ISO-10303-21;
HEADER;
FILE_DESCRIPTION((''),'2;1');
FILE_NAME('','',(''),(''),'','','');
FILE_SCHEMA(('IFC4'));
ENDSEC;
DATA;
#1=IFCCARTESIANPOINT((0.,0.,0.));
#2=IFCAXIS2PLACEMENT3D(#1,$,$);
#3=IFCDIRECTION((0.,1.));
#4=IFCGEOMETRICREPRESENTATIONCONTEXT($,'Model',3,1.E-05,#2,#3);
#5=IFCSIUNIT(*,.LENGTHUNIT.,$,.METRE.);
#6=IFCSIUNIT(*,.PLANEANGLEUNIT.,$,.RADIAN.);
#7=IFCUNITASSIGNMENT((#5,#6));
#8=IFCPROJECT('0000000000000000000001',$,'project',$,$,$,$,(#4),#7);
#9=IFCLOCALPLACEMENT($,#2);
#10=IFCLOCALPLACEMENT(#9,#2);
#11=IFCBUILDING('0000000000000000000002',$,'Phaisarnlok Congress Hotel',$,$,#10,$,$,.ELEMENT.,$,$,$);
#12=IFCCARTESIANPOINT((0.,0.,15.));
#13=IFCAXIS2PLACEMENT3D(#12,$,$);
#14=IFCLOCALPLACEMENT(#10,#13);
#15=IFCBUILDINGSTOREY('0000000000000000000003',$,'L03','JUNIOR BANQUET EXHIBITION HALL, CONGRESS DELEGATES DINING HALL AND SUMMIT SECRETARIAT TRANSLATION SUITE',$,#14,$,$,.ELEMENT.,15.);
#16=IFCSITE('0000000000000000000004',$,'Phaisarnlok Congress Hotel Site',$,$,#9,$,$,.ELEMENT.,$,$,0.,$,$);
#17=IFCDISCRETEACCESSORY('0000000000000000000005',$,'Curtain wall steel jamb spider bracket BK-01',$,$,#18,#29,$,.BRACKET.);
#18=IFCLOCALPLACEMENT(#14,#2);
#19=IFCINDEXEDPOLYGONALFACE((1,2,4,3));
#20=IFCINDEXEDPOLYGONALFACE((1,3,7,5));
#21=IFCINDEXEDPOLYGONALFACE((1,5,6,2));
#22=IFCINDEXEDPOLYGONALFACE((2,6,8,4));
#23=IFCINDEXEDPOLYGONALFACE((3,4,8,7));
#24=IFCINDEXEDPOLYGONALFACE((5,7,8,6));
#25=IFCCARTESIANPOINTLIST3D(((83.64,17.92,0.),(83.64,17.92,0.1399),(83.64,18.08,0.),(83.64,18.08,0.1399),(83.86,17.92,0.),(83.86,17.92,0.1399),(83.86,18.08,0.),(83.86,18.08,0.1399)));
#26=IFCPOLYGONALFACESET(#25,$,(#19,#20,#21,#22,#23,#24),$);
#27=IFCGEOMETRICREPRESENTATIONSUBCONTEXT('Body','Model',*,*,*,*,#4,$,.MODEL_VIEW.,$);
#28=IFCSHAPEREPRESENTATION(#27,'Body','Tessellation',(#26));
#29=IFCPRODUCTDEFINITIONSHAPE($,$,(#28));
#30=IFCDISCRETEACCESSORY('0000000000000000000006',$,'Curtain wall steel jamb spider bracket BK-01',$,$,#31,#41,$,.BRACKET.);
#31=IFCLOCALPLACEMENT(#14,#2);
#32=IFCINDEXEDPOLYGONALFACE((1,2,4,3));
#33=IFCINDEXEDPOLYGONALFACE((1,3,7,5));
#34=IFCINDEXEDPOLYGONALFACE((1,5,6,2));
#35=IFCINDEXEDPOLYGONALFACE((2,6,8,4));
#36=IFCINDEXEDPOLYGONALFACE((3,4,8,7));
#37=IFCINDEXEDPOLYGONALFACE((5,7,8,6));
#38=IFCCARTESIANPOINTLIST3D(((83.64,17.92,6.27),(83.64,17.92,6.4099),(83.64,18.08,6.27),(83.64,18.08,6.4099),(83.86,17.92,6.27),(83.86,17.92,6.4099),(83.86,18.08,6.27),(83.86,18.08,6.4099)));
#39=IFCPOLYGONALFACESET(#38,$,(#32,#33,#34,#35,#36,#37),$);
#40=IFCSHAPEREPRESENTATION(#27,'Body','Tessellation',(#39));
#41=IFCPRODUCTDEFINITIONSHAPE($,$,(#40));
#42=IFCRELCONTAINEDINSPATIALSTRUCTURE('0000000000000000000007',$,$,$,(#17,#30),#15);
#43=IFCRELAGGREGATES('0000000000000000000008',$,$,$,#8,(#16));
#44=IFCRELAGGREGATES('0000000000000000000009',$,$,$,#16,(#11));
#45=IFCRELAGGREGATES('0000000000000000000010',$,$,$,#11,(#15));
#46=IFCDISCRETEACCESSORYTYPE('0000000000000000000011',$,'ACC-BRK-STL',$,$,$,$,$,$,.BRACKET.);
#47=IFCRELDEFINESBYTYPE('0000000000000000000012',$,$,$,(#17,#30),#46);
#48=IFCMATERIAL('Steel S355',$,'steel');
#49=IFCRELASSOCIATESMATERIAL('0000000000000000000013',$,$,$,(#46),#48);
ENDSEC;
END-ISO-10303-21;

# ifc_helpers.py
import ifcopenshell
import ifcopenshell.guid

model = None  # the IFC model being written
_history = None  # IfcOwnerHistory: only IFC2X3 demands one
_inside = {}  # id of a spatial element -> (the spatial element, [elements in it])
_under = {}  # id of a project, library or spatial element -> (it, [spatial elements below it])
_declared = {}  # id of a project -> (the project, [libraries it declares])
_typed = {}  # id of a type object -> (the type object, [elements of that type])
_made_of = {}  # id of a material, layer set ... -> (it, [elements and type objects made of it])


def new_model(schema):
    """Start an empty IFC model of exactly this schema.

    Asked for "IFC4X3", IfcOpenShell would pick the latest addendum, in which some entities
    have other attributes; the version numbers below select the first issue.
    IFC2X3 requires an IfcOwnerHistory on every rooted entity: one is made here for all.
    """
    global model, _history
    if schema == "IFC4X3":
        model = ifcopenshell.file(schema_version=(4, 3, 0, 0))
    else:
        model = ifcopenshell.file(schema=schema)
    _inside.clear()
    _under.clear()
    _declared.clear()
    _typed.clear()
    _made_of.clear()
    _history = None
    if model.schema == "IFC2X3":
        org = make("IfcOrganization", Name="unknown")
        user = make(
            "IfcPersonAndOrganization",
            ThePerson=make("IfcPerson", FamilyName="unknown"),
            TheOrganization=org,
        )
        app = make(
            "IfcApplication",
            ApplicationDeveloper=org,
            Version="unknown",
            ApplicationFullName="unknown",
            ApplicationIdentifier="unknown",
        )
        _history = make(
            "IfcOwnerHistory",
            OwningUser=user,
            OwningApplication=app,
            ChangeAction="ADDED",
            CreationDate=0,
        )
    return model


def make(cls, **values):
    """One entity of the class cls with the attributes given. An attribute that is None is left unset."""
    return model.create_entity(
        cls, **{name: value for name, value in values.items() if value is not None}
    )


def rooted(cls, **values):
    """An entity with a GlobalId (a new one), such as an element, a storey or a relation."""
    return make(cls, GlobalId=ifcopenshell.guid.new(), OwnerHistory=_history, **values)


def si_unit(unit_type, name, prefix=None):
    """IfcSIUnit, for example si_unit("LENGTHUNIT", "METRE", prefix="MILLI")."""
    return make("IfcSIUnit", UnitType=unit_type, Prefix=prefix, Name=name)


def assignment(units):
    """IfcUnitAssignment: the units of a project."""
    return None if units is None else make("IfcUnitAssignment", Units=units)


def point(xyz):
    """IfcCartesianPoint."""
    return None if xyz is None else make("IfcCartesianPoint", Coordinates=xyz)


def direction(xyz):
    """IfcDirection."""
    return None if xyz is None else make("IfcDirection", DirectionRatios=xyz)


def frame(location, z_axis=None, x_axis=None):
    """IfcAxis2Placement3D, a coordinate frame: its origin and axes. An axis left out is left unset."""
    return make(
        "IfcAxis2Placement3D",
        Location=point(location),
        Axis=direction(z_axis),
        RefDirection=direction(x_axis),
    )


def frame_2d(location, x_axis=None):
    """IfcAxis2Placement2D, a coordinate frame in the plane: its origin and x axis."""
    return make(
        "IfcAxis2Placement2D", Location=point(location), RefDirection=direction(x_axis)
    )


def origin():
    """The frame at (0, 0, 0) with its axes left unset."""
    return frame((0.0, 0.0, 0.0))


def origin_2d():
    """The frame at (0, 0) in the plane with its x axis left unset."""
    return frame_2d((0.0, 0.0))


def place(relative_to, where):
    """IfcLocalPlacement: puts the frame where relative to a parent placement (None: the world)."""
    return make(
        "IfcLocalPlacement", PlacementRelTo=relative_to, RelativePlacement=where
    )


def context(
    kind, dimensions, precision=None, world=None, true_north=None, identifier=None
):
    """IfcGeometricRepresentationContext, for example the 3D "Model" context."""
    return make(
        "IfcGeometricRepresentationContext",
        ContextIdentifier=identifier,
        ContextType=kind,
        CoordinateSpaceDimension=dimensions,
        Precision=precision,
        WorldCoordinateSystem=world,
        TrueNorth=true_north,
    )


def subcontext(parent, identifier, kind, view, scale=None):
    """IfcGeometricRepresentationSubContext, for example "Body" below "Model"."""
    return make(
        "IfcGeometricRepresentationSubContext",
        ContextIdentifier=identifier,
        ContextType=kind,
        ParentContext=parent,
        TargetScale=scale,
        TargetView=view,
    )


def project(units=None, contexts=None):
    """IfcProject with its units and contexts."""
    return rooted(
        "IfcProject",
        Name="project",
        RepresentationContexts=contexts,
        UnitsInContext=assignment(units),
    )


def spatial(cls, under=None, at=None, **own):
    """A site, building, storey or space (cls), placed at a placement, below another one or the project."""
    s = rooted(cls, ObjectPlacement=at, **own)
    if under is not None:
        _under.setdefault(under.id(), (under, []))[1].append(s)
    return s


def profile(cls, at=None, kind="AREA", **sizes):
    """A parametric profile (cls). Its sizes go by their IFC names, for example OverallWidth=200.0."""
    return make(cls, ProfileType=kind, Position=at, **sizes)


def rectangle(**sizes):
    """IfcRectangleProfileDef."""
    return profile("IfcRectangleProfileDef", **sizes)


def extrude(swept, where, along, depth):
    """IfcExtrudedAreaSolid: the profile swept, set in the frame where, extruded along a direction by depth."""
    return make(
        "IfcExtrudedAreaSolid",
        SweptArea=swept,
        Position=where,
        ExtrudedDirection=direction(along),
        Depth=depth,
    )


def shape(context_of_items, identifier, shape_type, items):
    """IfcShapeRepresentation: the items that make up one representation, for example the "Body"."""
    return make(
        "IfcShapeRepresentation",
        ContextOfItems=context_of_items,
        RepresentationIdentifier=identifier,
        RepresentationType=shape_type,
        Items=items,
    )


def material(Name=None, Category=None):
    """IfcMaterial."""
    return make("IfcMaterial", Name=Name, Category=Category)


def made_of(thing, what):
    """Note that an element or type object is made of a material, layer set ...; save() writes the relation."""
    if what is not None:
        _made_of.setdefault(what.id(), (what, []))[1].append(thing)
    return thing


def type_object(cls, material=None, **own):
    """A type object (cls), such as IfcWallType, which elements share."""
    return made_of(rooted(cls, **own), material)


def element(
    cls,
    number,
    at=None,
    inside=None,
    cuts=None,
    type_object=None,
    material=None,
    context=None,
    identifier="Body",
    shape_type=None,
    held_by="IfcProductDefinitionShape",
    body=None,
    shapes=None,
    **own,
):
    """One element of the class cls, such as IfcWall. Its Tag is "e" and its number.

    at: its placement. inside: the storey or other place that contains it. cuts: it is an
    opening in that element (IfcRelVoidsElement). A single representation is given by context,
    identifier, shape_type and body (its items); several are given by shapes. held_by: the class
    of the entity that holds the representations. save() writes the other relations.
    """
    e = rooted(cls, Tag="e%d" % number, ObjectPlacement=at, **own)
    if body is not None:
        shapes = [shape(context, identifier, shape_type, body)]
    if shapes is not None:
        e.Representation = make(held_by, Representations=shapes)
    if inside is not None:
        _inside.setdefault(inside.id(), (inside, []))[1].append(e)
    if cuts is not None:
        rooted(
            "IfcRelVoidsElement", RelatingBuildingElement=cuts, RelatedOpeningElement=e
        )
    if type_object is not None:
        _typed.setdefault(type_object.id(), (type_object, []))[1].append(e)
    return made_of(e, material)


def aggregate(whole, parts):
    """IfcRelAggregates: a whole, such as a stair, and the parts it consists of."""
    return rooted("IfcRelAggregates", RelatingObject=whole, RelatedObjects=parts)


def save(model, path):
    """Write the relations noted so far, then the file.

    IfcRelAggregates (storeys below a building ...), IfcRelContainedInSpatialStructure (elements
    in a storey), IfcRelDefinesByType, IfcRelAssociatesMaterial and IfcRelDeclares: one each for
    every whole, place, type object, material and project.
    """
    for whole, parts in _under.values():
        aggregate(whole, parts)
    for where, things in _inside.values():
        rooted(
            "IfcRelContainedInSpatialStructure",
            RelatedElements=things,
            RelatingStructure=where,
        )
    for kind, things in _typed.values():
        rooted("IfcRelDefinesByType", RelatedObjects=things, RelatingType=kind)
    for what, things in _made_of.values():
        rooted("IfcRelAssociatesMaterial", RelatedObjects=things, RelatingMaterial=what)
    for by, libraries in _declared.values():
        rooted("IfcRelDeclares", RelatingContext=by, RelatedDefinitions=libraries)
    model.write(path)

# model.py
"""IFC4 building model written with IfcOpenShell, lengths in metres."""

from ifc_helpers import new_model, si_unit, direction, frame, origin, origin_2d, place, context, subcontext, project, spatial, rectangle, extrude, material, type_object, element, save


model = new_model("IFC4")

# Units and contexts
model_context = context("Model", 3, precision=1e-05, world=origin(), true_north=direction((0.0, 1.0)))
body_context = subcontext(model_context, "Body", "Model", "MODEL_VIEW")
ifc_project = project(units=[si_unit("LENGTHUNIT", "METRE"), si_unit("PLANEANGLEUNIT", "RADIAN")], contexts=[model_context])

# Site, building, storey
site_placement = place(None, origin())
site = spatial("IfcSite", under=ifc_project, at=site_placement, Name="Phaisarnlok Congress Hotel Site", CompositionType="ELEMENT", RefElevation=0.0)
building_placement = place(site_placement, origin())
building = spatial("IfcBuilding", under=site, at=building_placement, Name="Phaisarnlok Congress Hotel", CompositionType="ELEMENT")
storey_placement = place(building_placement, frame((0.0, 0.0, 15.0)))
storey = spatial("IfcBuildingStorey", under=building, at=storey_placement, Name="L03", Description="JUNIOR BANQUET EXHIBITION HALL, CONGRESS DELEGATES DINING HALL AND SUMMIT SECRETARIAT TRANSLATION SUITE", CompositionType="ELEMENT", Elevation=15.0)

# Shared definitions
ifc_material_1 = material(Name="Steel S355", Category="steel")

# Discrete accessories
discrete_accessory_type = type_object("IfcDiscreteAccessoryType", Name="ACC-BRK-STL", PredefinedType="BRACKET", material=ifc_material_1)
for number, where, z_axis, x_axis, name in (
    (1, (83.75, 18.0, 0.0), (0.0, 0.0, 1.0), (1.0, 0.0, 0.0), "Curtain wall steel jamb spider bracket BK-01"),
    (2, (83.75, 18.0, 6.27), (0.0, 0.0, 1.0), (1.0, 0.0, 0.0), "Curtain wall steel jamb spider bracket BK-01"),
):
    element("IfcDiscreteAccessory", number, at=place(storey_placement, frame(where, z_axis=z_axis, x_axis=x_axis)), inside=storey, type_object=discrete_accessory_type, Name=name, PredefinedType="BRACKET", context=body_context, shape_type="SweptSolid", body=[
        extrude(rectangle(XDim=0.22, YDim=0.1599, at=origin_2d()), origin(), (0.0, 0.0, 1.0), 0.1399),
    ])

save(model, "model.ifc")
